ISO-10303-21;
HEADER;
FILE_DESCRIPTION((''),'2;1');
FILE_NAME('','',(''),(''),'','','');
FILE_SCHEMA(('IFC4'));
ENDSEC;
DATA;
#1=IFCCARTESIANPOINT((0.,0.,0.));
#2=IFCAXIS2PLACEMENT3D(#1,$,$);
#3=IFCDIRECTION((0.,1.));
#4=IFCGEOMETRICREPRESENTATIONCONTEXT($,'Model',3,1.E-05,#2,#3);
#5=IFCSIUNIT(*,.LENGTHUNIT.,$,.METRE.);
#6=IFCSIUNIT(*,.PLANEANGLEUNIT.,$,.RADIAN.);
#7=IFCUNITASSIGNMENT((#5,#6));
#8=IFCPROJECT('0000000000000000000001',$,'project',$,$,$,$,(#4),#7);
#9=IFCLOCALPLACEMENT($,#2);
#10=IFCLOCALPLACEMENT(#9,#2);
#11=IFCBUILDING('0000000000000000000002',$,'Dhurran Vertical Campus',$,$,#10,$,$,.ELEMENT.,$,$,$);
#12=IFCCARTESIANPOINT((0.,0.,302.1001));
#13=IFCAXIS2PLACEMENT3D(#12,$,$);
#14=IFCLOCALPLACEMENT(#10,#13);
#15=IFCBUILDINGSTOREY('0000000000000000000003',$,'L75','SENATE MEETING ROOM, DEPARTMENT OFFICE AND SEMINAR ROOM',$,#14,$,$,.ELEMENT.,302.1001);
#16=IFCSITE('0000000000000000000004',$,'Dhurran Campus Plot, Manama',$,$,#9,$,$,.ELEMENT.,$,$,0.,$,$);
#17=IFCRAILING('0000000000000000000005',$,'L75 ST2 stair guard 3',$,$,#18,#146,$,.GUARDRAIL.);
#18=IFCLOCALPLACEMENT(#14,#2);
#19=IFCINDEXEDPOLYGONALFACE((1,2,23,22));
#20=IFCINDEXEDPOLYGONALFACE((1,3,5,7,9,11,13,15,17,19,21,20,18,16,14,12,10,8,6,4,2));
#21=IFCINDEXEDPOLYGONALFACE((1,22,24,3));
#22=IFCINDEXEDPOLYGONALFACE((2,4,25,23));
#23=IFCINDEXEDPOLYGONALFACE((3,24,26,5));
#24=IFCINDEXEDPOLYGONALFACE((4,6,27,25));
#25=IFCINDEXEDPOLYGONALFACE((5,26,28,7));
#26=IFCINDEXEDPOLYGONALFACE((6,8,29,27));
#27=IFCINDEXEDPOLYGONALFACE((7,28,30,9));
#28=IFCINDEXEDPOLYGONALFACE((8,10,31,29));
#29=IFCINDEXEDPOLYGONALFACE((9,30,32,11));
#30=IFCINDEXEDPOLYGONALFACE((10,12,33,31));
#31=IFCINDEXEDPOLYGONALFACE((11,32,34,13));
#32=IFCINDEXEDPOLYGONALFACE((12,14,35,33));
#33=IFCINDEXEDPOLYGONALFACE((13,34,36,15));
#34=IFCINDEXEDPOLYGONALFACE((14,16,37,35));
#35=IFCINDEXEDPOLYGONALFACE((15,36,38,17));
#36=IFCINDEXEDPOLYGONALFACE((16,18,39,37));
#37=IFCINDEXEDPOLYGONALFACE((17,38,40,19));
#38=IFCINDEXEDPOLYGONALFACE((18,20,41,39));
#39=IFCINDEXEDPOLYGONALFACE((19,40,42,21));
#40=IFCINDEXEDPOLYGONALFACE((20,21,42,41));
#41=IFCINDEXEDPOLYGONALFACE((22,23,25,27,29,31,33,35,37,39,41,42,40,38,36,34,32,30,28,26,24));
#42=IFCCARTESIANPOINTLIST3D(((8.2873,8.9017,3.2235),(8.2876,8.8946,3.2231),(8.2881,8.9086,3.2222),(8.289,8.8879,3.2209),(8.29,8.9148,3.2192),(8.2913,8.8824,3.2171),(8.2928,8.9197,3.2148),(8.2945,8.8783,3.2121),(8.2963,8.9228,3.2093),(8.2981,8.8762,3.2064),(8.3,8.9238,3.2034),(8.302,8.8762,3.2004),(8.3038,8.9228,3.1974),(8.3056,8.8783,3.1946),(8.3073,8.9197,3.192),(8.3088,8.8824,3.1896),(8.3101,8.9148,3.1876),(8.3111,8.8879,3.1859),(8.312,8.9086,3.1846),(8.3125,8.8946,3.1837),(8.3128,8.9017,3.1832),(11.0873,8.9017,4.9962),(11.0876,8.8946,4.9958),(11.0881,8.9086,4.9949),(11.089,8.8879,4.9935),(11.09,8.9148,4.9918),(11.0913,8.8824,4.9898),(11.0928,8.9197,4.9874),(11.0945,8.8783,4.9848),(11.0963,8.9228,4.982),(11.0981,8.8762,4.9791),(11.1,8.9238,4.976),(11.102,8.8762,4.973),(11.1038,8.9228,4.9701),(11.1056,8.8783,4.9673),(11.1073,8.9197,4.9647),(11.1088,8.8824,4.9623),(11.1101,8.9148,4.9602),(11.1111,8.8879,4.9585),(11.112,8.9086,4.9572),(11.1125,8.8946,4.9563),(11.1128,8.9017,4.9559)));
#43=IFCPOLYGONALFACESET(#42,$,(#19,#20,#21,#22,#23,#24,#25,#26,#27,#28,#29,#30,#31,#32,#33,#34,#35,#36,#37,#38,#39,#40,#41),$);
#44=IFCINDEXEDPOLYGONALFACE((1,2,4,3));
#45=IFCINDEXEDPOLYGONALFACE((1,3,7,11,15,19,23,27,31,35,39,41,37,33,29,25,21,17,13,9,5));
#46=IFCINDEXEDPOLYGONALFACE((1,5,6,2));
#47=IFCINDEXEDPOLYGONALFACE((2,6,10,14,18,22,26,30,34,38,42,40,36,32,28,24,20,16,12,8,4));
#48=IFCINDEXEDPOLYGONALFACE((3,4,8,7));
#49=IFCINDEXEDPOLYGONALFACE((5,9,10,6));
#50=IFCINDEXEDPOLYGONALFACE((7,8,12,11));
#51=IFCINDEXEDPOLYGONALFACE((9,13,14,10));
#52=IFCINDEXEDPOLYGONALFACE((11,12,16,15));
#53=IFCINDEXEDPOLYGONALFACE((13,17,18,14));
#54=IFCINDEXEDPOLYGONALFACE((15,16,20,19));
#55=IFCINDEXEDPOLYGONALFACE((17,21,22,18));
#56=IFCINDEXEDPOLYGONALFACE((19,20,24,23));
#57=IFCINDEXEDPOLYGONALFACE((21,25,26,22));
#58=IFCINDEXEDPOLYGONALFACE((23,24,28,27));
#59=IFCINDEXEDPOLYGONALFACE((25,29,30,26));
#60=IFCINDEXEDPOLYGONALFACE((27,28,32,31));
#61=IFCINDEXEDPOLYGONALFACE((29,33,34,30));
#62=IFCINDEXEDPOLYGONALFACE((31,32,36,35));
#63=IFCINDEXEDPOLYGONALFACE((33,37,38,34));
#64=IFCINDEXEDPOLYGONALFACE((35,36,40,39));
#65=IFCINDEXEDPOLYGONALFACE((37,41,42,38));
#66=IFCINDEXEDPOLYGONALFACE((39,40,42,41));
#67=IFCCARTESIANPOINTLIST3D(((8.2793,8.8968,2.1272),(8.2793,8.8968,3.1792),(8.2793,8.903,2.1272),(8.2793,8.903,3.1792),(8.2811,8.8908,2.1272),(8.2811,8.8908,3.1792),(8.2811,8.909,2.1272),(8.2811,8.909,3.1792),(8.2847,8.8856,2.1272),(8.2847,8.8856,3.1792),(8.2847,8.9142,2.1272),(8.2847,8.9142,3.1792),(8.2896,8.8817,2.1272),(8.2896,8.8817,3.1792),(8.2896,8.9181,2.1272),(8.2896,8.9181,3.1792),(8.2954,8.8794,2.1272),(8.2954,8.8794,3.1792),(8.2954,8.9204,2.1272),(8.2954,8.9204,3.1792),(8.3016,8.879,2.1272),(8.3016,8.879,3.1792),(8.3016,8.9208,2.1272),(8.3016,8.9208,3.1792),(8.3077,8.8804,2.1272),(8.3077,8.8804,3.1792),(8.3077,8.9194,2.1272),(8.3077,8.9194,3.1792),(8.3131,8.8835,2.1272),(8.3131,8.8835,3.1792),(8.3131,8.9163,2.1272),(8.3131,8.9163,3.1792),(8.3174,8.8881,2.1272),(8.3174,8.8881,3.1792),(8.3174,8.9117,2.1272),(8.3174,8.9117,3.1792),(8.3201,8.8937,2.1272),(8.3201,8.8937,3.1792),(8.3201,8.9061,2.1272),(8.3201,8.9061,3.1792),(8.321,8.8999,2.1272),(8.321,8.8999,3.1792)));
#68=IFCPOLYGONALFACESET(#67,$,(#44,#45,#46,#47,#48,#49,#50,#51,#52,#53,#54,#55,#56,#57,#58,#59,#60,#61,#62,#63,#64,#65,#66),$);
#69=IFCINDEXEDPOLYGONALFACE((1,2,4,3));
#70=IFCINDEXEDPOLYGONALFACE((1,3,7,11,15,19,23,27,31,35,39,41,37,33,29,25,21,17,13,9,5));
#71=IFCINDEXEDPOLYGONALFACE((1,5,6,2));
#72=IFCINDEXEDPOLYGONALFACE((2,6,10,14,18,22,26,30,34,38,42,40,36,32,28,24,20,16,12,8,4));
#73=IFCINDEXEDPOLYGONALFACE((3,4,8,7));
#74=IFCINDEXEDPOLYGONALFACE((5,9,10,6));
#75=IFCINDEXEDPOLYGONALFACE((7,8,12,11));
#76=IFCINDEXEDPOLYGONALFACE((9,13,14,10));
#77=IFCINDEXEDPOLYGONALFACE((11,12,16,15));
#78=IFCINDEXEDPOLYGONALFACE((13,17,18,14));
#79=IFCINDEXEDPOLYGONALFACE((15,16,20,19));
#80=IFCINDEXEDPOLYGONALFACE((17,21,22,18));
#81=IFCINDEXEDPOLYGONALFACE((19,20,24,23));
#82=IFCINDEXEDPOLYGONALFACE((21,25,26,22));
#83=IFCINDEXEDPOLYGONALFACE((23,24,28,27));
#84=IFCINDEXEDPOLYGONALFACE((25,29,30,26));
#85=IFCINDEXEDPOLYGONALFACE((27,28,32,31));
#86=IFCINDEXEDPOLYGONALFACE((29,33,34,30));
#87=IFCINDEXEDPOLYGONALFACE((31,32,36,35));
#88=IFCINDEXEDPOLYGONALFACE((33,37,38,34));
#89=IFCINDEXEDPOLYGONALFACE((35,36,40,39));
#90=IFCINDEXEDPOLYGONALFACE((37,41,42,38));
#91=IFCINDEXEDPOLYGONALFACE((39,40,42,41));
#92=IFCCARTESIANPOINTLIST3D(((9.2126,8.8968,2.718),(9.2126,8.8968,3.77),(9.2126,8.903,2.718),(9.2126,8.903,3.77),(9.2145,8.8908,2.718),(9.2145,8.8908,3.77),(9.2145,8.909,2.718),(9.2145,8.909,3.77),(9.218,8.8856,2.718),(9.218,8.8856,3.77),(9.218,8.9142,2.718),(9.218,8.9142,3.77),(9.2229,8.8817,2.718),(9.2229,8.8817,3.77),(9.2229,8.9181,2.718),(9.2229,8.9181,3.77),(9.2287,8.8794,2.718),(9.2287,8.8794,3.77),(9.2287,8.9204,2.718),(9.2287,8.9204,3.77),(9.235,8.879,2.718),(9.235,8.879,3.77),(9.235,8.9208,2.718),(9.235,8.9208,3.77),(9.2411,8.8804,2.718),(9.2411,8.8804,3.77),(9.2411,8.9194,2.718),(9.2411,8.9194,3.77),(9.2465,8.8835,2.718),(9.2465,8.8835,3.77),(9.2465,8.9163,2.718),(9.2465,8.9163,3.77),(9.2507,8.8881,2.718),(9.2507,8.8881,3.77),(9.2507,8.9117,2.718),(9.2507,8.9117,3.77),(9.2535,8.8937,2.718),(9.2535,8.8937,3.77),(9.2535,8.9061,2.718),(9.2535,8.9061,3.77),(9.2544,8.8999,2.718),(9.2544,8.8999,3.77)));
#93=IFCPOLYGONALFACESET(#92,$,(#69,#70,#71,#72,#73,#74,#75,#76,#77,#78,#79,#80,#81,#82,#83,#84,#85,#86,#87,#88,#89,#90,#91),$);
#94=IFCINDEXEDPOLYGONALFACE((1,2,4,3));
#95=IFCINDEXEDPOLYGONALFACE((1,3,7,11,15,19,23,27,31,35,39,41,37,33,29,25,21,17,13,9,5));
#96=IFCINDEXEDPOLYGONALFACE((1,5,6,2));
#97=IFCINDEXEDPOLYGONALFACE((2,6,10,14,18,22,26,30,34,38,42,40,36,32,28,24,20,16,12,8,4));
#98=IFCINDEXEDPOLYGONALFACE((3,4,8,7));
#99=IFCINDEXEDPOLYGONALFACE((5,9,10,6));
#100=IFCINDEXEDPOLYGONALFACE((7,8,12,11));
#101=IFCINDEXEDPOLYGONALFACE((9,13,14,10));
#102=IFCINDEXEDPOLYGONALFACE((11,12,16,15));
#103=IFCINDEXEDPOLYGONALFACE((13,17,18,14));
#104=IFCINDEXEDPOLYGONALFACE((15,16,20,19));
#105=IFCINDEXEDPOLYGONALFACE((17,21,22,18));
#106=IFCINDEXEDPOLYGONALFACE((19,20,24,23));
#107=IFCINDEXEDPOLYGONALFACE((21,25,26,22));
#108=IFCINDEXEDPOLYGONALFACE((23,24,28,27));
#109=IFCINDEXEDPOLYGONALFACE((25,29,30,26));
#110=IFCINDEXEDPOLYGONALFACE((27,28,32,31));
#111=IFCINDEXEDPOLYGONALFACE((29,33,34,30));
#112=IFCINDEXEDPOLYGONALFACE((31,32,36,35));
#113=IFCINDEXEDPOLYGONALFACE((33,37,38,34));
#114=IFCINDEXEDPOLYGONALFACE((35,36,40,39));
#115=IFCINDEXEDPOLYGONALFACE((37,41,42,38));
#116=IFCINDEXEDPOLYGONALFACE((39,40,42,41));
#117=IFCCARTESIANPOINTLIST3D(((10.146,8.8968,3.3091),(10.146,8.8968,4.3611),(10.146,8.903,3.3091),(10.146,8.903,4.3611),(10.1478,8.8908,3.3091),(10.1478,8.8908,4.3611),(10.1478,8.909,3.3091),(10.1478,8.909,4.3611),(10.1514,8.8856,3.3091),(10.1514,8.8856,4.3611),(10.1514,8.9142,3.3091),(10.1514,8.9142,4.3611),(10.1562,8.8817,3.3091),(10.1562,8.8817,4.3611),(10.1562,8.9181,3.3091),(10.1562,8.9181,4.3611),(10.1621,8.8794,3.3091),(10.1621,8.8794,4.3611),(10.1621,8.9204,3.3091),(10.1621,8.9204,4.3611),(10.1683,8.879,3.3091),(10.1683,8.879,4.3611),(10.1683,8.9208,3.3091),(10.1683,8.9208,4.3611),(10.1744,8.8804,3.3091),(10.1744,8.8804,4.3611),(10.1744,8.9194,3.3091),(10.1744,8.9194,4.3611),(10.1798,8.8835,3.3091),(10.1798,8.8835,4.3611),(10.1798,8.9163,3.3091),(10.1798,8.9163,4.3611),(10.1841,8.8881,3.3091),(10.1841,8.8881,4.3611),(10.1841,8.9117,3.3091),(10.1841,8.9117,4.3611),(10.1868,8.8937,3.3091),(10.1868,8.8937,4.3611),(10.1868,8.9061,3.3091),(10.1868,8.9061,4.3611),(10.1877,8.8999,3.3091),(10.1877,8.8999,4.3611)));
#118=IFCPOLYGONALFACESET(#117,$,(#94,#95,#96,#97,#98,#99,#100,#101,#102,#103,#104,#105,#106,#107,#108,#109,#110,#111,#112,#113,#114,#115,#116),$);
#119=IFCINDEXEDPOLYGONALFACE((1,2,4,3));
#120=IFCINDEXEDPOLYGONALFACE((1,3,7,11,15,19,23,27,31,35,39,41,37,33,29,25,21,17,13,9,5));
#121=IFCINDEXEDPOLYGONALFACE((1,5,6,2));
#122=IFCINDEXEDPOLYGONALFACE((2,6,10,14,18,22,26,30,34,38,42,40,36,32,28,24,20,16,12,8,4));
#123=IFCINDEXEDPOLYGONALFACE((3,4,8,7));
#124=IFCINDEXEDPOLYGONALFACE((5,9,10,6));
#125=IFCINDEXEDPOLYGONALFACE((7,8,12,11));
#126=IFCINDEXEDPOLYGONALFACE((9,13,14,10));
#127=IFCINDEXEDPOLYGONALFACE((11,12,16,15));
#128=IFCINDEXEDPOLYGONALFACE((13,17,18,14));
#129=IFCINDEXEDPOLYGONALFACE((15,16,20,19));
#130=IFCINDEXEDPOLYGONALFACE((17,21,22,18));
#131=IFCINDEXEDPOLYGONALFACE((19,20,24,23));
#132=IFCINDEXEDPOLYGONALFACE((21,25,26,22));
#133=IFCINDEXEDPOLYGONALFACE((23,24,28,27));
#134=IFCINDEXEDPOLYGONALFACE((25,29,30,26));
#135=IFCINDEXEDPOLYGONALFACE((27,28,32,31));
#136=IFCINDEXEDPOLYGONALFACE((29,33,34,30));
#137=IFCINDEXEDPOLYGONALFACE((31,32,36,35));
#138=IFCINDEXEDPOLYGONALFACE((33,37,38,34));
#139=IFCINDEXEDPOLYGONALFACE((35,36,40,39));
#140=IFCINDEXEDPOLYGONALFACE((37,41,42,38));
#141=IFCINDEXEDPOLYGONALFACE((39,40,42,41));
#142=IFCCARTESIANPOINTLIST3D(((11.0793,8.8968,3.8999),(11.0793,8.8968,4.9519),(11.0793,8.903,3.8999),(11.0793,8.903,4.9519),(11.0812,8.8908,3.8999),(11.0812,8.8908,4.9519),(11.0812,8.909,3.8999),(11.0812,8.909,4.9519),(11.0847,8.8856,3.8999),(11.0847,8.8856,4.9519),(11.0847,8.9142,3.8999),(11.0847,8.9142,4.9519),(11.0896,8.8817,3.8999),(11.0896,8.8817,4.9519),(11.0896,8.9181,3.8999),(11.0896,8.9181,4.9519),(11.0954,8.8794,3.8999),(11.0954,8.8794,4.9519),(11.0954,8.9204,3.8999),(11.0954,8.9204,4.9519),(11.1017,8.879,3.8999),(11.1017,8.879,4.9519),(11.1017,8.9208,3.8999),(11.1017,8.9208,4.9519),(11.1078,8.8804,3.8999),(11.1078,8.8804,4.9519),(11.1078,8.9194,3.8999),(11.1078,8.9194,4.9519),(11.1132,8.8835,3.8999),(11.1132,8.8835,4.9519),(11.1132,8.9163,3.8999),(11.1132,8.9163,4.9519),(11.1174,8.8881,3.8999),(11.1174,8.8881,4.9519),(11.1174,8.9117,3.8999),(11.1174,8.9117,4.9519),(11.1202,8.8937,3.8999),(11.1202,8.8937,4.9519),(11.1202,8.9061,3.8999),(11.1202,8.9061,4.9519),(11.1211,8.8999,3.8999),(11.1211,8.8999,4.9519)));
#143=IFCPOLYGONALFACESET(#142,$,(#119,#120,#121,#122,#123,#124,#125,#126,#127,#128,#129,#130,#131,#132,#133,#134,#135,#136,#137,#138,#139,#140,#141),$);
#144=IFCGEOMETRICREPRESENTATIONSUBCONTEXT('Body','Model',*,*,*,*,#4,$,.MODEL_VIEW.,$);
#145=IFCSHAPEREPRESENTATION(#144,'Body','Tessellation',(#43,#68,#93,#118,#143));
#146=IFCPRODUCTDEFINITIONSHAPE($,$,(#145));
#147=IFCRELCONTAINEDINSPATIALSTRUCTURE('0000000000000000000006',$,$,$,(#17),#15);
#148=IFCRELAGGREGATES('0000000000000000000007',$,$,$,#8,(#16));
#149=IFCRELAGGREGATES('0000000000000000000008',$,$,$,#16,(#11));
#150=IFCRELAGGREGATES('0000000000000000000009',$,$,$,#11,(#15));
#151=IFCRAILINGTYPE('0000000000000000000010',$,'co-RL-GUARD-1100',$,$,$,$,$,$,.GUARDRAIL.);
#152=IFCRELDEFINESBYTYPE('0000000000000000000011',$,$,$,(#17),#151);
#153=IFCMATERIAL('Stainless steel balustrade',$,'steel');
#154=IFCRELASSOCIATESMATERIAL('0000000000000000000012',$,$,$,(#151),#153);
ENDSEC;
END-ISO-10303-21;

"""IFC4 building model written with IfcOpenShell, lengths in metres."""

from ifc_helpers import new_model, si_unit, direction, frame, origin, origin_2d, place, context, subcontext, project, spatial, circle, extrude, material, type_object, element, save


model = new_model("IFC4")

# Units and contexts
model_context = context("Model", 3, precision=1e-05, world=origin(), true_north=direction((0.0, 1.0)))
body_context = subcontext(model_context, "Body", "Model", "MODEL_VIEW")
ifc_project = project(units=[si_unit("LENGTHUNIT", "METRE"), si_unit("PLANEANGLEUNIT", "RADIAN")], contexts=[model_context])

# Site, building, storey
site_placement = place(None, origin())
site = spatial("IfcSite", under=ifc_project, at=site_placement, Name="Dhurran Campus Plot, Manama", CompositionType="ELEMENT", RefElevation=0.0)
building_placement = place(site_placement, origin())
building = spatial("IfcBuilding", under=site, at=building_placement, Name="Dhurran Vertical Campus", CompositionType="ELEMENT")
storey_placement = place(building_placement, frame((0.0, 0.0, 302.1001)))
storey = spatial("IfcBuildingStorey", under=building, at=storey_placement, Name="L75", Description="SENATE MEETING ROOM, DEPARTMENT OFFICE AND SEMINAR ROOM", CompositionType="ELEMENT", Elevation=302.1001)

# Railing
ifc_material_1 = material(Name="Stainless steel balustrade", Category="steel")
railing_type_1 = type_object("IfcRailingType", Name="co-RL-GUARD-1100", PredefinedType="GUARDRAIL", material=ifc_material_1)
railing_1_placement = place(storey_placement, frame((8.3, 8.8999, 2.1272)))
element("IfcRailing", 1, at=railing_1_placement, inside=storey, type_object=railing_type_1, Name="L75 ST2 stair guard 3", PredefinedType="GUARDRAIL", context=body_context, shape_type="SweptSolid", body=[
    extrude(circle(Radius=0.0239, at=origin_2d()), frame((0.0, 0.0, 1.0762), z_axis=(0.844909, 0.0, 0.53491), x_axis=(0.0, 1.0, 0.0)), (0.0, 0.0, 1.0), 3.314),
    extrude(circle(Radius=0.021, at=origin_2d()), origin(), (0.0, 0.0, 1.0), 1.052),
    extrude(circle(Radius=0.021, at=origin_2d()), frame((0.9333, 0.0, 0.5908)), (0.0, 0.0, 1.0), 1.052),
    extrude(circle(Radius=0.021, at=origin_2d()), frame((1.8667, 0.0, 1.1819)), (0.0, 0.0, 1.0), 1.052),
    extrude(circle(Radius=0.021, at=origin_2d()), frame((2.8, 0.0, 1.7727)), (0.0, 0.0, 1.0), 1.052),
])

save(model, "model.ifc")
